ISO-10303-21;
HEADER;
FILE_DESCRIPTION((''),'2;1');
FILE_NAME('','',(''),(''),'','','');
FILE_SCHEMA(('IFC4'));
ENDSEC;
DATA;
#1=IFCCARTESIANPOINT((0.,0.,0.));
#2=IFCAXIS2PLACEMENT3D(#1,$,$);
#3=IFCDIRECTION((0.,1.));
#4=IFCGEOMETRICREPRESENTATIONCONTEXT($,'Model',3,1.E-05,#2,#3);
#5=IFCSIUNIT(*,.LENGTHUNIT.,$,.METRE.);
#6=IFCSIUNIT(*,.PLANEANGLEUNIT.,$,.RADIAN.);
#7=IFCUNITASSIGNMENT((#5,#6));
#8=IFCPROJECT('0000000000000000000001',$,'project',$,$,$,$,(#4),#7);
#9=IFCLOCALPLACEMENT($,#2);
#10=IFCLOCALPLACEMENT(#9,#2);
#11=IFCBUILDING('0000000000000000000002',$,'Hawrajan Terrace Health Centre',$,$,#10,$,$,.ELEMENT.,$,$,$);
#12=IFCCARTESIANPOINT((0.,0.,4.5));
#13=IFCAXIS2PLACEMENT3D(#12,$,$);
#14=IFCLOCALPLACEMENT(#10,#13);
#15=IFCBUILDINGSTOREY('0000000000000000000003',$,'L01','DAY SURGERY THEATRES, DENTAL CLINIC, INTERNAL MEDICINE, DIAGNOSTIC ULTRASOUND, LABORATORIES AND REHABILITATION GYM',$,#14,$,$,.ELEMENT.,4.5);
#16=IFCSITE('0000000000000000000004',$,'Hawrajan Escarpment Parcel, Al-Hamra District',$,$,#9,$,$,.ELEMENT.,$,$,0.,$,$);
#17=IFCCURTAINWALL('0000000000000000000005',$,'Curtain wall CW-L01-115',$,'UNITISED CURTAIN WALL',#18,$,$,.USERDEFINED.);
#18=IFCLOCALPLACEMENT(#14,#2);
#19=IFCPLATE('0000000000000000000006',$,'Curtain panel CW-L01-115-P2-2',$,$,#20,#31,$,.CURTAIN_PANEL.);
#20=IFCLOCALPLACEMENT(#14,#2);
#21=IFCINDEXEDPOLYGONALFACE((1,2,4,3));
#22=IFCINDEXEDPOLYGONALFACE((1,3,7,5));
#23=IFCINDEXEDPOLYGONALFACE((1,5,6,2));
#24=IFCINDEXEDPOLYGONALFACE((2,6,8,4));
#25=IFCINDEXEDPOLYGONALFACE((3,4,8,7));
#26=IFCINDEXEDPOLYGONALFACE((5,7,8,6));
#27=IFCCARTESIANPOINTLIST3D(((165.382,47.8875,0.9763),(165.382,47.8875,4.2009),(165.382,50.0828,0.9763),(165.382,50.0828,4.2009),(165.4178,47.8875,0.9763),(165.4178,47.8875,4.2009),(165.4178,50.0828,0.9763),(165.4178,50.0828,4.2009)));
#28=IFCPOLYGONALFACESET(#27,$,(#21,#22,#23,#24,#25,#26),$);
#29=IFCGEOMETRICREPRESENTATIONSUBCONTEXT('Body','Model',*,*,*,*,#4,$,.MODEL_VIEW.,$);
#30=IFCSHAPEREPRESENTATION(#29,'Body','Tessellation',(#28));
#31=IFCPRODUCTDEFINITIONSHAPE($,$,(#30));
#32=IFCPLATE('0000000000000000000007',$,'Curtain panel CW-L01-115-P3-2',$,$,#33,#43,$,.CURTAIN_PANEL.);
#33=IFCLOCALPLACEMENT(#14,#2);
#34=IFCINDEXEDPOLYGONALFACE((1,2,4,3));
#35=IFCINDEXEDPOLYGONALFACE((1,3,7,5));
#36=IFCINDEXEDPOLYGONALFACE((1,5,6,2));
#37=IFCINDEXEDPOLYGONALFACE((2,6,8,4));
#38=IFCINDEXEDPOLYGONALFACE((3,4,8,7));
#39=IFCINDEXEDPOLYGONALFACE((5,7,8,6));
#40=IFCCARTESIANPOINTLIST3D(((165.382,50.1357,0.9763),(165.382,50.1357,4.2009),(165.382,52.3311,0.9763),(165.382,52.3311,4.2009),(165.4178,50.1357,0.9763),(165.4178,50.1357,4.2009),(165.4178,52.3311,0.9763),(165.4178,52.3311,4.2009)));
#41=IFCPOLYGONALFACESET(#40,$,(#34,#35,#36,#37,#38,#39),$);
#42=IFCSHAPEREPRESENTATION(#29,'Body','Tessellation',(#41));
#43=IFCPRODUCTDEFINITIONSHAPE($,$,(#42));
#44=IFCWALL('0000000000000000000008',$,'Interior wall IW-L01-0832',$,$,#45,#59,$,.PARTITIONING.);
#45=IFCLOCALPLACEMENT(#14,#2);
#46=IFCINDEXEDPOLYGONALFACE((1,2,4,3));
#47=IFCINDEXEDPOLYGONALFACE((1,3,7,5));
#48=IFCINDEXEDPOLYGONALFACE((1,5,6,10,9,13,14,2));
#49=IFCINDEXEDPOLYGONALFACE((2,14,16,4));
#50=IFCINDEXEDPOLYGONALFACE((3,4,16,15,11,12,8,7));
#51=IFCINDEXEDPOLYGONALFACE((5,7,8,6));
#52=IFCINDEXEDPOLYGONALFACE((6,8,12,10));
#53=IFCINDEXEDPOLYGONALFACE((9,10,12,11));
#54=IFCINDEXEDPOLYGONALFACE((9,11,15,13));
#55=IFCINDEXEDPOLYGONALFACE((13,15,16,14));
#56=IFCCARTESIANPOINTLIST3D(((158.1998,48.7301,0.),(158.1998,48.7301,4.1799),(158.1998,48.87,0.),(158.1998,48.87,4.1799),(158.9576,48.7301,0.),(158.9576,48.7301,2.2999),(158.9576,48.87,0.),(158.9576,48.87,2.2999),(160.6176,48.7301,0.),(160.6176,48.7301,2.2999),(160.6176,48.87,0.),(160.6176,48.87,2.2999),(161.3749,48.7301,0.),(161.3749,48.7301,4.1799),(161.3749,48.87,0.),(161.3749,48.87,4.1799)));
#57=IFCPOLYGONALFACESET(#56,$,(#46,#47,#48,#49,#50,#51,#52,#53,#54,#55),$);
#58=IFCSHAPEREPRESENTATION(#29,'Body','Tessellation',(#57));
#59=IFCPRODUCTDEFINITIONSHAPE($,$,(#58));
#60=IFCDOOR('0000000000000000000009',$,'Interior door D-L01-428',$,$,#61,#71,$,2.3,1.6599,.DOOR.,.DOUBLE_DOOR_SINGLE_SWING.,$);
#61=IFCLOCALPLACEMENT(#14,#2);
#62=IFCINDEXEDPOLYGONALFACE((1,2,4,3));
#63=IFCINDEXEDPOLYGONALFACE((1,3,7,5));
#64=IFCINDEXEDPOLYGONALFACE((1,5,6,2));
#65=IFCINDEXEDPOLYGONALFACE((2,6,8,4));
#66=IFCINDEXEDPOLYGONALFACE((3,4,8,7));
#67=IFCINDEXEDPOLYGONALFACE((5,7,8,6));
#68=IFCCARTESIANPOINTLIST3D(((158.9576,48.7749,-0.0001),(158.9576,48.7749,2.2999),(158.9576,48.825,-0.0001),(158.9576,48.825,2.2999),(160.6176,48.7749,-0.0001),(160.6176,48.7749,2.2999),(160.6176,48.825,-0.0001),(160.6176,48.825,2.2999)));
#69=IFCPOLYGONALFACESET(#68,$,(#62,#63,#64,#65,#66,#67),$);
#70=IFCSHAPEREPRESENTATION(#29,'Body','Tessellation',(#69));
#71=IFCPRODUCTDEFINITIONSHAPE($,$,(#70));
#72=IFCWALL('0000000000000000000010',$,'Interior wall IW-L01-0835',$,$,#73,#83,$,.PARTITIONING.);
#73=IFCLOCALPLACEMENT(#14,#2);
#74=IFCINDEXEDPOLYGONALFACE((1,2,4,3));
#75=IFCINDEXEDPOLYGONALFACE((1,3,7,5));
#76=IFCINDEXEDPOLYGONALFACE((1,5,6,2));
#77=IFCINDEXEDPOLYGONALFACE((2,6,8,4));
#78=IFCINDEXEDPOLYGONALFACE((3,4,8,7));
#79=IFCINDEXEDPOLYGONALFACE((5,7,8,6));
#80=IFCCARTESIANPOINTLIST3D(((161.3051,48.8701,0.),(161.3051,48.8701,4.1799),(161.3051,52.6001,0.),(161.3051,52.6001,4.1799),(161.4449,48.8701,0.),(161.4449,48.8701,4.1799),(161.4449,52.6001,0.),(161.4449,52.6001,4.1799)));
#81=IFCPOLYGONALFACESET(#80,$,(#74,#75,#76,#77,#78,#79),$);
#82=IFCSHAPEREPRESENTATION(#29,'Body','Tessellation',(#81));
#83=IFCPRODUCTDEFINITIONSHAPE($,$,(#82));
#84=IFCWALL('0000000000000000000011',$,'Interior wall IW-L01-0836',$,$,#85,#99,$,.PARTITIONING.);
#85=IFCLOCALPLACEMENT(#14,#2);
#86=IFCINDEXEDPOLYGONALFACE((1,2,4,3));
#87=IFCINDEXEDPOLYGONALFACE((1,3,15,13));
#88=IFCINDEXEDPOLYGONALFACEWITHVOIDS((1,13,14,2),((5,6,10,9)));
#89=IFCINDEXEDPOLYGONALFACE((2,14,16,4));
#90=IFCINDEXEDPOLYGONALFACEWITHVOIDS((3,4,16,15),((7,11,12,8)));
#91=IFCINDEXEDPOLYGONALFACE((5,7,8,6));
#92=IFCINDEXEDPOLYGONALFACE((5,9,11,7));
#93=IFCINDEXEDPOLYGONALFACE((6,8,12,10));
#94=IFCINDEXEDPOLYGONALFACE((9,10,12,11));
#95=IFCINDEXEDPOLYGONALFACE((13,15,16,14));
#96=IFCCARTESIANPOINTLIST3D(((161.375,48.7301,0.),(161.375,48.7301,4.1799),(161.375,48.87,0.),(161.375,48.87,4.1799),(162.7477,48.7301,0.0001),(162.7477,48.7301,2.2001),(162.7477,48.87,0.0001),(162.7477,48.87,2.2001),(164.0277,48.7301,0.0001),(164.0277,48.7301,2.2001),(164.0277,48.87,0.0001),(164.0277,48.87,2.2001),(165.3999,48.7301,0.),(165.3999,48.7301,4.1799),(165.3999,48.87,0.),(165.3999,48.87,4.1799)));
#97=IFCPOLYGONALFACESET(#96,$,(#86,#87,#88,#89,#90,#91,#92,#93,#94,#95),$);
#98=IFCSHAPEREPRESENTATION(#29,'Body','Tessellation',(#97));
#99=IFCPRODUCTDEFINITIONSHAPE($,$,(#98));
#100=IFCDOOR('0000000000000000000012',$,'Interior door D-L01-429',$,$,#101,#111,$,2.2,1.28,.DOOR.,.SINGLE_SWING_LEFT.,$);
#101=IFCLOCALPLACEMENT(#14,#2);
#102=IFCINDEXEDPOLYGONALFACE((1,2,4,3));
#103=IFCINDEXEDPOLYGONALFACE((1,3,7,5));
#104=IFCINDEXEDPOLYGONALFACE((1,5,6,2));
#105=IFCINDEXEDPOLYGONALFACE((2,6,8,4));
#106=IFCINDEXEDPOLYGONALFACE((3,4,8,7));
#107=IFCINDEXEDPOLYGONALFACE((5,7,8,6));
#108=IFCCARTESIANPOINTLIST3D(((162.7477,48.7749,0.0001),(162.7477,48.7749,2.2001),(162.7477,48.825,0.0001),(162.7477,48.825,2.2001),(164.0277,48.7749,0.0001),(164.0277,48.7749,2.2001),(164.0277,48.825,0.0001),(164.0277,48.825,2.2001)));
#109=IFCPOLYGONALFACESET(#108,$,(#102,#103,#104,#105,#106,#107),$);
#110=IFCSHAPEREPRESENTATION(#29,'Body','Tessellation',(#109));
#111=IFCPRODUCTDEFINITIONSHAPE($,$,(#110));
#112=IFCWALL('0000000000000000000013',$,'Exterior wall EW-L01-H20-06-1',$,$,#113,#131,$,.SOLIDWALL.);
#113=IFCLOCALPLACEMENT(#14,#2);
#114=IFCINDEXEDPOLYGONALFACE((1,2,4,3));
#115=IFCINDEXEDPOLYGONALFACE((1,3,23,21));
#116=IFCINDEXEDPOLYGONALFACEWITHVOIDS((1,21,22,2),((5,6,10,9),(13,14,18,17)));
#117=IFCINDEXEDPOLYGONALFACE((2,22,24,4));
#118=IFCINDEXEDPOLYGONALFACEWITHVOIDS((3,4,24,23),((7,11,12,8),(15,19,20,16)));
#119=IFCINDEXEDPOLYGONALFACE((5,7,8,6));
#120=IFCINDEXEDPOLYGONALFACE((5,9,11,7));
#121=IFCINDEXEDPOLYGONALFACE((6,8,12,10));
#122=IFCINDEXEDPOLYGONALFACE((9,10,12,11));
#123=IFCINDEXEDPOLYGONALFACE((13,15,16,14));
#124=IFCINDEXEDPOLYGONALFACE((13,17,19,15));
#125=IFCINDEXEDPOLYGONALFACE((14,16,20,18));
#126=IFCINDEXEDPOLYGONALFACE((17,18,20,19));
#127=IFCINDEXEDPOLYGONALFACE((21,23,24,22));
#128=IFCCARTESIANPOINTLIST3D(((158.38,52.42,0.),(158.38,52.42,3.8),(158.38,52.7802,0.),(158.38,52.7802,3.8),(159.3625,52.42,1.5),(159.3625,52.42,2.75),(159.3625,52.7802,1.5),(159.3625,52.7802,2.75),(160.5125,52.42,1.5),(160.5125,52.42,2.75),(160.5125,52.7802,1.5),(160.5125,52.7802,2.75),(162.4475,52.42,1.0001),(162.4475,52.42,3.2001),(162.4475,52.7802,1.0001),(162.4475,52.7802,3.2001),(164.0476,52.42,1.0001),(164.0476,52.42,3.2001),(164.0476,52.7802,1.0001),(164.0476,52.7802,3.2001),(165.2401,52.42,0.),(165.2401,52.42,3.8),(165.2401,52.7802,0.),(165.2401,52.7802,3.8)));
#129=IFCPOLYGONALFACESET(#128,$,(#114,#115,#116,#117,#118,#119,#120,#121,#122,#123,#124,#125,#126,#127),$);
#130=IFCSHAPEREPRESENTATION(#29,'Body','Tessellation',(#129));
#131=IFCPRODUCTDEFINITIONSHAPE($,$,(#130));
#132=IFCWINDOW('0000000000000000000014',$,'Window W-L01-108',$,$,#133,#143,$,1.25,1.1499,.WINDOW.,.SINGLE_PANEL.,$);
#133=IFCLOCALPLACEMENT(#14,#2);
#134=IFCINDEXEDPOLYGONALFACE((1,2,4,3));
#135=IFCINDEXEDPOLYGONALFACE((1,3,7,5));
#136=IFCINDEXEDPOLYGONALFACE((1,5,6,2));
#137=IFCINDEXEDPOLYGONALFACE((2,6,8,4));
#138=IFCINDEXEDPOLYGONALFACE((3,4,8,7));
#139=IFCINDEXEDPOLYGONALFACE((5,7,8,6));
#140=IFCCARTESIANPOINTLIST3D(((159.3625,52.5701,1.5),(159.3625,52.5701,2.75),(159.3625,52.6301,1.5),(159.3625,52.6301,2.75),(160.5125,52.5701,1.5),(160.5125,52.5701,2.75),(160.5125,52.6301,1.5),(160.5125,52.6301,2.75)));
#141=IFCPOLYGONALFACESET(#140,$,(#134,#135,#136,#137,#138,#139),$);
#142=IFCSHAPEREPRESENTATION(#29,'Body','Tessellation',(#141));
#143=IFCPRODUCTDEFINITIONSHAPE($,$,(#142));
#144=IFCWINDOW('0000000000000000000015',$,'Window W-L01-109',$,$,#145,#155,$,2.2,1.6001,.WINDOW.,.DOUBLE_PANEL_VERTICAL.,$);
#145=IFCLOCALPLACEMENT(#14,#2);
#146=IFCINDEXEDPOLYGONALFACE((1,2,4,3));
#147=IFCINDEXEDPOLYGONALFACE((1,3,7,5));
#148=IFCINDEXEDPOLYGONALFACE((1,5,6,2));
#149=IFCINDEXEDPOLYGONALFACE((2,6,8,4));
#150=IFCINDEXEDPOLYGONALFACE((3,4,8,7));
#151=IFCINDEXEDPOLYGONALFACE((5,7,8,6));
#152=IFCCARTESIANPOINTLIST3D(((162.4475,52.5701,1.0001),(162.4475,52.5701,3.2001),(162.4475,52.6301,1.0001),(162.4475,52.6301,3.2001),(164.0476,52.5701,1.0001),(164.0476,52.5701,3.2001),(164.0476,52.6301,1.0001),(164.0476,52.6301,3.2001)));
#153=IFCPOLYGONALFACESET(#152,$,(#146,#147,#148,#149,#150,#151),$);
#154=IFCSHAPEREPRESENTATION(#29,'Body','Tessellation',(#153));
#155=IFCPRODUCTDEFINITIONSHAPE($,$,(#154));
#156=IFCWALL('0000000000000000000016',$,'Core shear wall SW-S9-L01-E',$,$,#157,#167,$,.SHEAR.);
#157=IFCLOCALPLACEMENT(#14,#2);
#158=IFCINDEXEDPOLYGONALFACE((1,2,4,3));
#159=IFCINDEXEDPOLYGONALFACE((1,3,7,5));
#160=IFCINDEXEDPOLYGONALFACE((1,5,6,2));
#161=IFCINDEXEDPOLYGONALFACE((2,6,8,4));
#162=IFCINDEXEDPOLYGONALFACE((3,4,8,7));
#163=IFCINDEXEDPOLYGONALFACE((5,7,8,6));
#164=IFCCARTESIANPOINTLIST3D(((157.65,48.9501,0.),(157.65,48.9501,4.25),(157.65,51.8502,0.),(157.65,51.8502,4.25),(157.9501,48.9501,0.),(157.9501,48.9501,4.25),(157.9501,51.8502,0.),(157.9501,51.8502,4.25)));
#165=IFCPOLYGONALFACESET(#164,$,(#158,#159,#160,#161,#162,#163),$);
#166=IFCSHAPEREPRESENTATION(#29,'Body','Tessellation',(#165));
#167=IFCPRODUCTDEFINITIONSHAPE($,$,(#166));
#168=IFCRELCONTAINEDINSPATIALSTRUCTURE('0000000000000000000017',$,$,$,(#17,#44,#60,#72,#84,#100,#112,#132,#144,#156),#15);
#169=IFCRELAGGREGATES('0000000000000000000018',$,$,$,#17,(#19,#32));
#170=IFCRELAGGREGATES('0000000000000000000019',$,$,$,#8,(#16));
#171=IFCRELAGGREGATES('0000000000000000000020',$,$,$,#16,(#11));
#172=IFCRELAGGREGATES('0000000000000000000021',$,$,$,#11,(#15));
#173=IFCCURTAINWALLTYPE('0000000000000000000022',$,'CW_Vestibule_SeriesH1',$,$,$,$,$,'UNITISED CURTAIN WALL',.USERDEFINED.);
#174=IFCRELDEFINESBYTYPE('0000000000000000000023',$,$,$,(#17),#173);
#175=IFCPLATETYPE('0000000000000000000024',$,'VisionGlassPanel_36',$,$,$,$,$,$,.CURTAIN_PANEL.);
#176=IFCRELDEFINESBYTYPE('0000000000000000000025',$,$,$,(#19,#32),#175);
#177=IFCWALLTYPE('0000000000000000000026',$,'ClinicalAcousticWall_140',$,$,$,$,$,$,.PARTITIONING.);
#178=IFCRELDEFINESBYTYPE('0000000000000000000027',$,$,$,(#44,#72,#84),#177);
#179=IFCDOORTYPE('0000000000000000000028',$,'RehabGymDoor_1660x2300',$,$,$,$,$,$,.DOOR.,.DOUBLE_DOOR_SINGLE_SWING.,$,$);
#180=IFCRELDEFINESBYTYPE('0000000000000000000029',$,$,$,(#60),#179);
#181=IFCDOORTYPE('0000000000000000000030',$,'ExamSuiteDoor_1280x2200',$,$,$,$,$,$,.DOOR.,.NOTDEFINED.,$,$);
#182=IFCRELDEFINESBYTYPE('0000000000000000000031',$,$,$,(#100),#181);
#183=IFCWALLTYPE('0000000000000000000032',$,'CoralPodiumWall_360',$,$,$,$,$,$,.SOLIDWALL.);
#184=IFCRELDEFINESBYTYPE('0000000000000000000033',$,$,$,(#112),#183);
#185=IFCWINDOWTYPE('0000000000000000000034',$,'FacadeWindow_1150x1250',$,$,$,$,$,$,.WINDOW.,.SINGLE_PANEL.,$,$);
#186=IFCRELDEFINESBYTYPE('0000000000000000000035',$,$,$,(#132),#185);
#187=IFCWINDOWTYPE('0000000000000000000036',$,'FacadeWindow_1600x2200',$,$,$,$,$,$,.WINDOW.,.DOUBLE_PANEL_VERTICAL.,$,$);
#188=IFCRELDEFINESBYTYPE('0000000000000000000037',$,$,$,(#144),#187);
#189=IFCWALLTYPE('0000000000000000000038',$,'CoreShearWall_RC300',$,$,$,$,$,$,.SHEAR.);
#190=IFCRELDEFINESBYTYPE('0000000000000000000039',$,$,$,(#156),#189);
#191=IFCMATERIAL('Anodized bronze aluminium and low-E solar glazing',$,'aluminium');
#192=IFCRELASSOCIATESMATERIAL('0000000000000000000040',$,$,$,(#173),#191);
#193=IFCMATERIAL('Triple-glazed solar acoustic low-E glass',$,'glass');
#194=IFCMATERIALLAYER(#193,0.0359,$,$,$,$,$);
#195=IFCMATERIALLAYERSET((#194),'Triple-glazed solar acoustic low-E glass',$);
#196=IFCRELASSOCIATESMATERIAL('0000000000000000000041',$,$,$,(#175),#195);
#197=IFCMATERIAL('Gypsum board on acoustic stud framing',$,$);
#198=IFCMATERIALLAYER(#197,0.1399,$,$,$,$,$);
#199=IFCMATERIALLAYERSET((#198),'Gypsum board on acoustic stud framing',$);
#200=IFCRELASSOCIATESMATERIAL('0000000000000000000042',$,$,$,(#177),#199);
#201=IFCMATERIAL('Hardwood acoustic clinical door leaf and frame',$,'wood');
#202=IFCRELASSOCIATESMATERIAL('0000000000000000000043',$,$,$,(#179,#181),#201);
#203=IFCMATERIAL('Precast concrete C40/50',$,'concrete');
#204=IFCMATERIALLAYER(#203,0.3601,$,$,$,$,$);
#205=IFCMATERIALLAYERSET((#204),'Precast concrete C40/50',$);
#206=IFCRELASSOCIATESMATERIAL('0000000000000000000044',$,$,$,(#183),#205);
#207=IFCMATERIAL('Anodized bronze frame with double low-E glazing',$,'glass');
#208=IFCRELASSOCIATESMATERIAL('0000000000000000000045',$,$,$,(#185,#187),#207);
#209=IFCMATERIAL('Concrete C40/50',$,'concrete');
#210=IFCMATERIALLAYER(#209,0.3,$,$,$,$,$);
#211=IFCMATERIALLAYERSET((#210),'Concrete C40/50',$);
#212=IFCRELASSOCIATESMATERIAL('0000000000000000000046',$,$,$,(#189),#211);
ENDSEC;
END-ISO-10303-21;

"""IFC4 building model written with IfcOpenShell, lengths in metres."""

from ifc_helpers import new_model, si_unit, direction, frame, frame_2d, origin, origin_2d, place, context, subcontext, project, spatial, rectangle, extrude, material, layer, layer_set, type_object, element, fill, aggregate, save


model = new_model("IFC4")

# Units and contexts
model_context = context("Model", 3, precision=1e-05, world=origin(), true_north=direction((0.0, 1.0)))
body_context = subcontext(model_context, "Body", "Model", "MODEL_VIEW")
ifc_project = project(units=[si_unit("LENGTHUNIT", "METRE"), si_unit("PLANEANGLEUNIT", "RADIAN")], contexts=[model_context])

# Site, building, storey
site_placement = place(None, origin())
site = spatial("IfcSite", under=ifc_project, at=site_placement, Name="Hawrajan Escarpment Parcel, Al-Hamra District", CompositionType="ELEMENT", RefElevation=0.0)
building_placement = place(site_placement, origin())
building = spatial("IfcBuilding", under=site, at=building_placement, Name="Hawrajan Terrace Health Centre", CompositionType="ELEMENT")
storey_placement = place(building_placement, frame((0.0, 0.0, 4.5)))
storey = spatial("IfcBuildingStorey", under=building, at=storey_placement, Name="L01", Description="DAY SURGERY THEATRES, DENTAL CLINIC, INTERNAL MEDICINE, DIAGNOSTIC ULTRASOUND, LABORATORIES AND REHABILITATION GYM", CompositionType="ELEMENT", Elevation=4.5)

# Curtain wall
ifc_material_1 = material(Name="Anodized bronze aluminium and low-E solar glazing", Category="aluminium")
curtain_wall_type = type_object("IfcCurtainWallType", Name="CW_Vestibule_SeriesH1", ElementType="UNITISED CURTAIN WALL", PredefinedType="USERDEFINED", material=ifc_material_1)
curtain_wall_placement = place(storey_placement, origin())
curtain_wall = element("IfcCurtainWall", 1, at=curtain_wall_placement, inside=storey, type_object=curtain_wall_type, Name="Curtain wall CW-L01-115", ObjectType="UNITISED CURTAIN WALL", PredefinedType="USERDEFINED")

# Shared definitions
ifc_material_2 = material(Name="Concrete C40/50", Category="concrete")

# Plates
ifc_material_3 = material(Name="Triple-glazed solar acoustic low-E glass", Category="glass")
ifc_layer_1 = layer(ifc_material_3, 0.0359)
ifc_layer_set_1 = layer_set([ifc_layer_1], Name="Triple-glazed solar acoustic low-E glass")
plate_type_1 = type_object("IfcPlateType", Name="VisionGlassPanel_36", PredefinedType="CURTAIN_PANEL", material=ifc_layer_set_1)
plate_1_placement = place(storey_placement, frame((165.3999, 48.9851, 0.9763), z_axis=(0.0, 0.0, 1.0), x_axis=(0.0, 1.0, 0.0)))
plate_1 = element("IfcPlate", 2, at=plate_1_placement, type_object=plate_type_1, Name="Curtain panel CW-L01-115-P2-2", PredefinedType="CURTAIN_PANEL", context=body_context, shape_type="SweptSolid", body=[
    extrude(rectangle(XDim=2.1953, YDim=0.0359, at=origin_2d()), origin(), (0.0, 0.0, 1.0), 3.2246),
])
plate_2_placement = place(storey_placement, frame((165.3999, 51.2334, 0.9763), z_axis=(0.0, 0.0, 1.0), x_axis=(0.0, 1.0, 0.0)))
plate_2 = element("IfcPlate", 3, at=plate_2_placement, type_object=plate_type_1, Name="Curtain panel CW-L01-115-P3-2", PredefinedType="CURTAIN_PANEL", context=body_context, shape_type="SweptSolid", body=[
    extrude(rectangle(XDim=2.1953, YDim=0.0359, at=origin_2d()), origin(), (0.0, 0.0, 1.0), 3.2246),
])
aggregate(curtain_wall, [plate_1, plate_2])

# Wall, opening, door
ifc_material_4 = material(Name="Gypsum board on acoustic stud framing")
ifc_layer_2 = layer(ifc_material_4, 0.1399)
ifc_layer_set_2 = layer_set([ifc_layer_2], Name="Gypsum board on acoustic stud framing")
wall_type_1 = type_object("IfcWallType", Name="ClinicalAcousticWall_140", PredefinedType="PARTITIONING", material=ifc_layer_set_2)
wall_1_placement = place(storey_placement, frame((158.2, 48.8, 0.0), z_axis=(0.0, 0.0, 1.0), x_axis=(1.0, 0.0, 0.0)))
wall_1 = element("IfcWall", 4, at=wall_1_placement, inside=storey, type_object=wall_type_1, Name="Interior wall IW-L01-0832", PredefinedType="PARTITIONING", context=body_context, shape_type="SweptSolid", body=[
    extrude(rectangle(XDim=3.175, YDim=0.1399, at=frame_2d((1.5874, 0.0))), origin(), (0.0, 0.0, 1.0), 4.1799),
])
opening_1_placement = place(wall_1_placement, frame((0.7576, 0.0, 0.0)))
opening_1 = element("IfcOpeningElement", 5, at=opening_1_placement, cuts=wall_1, PredefinedType="OPENING", context=body_context, shape_type="SweptSolid", body=[
    extrude(rectangle(XDim=1.6599, YDim=2.3, at=frame_2d((0.8301, 1.1499))), frame((0.0, 0.0798, 0.0), z_axis=(0.0, -1.0, 0.0), x_axis=(1.0, 0.0, 0.0)), (0.0, 0.0, 1.0), 0.1599),
])
ifc_material_5 = material(Name="Hardwood acoustic clinical door leaf and frame", Category="wood")
door_type_1 = type_object("IfcDoorType", Name="RehabGymDoor_1660x2300", OperationType="DOUBLE_DOOR_SINGLE_SWING", PredefinedType="DOOR", material=ifc_material_5)
door_1_placement = place(opening_1_placement, origin())
door_1 = element("IfcDoor", 6, at=door_1_placement, inside=storey, type_object=door_type_1, Name="Interior door D-L01-428", OperationType="DOUBLE_DOOR_SINGLE_SWING", OverallHeight=2.3, OverallWidth=1.6599, PredefinedType="DOOR", context=body_context, shape_type="SweptSolid", body=[
    extrude(rectangle(XDim=1.6599, YDim=2.3, at=frame_2d((0.8301, 1.1499))), frame((0.0, 0.0249, 0.0), z_axis=(0.0, -1.0, 0.0), x_axis=(1.0, 0.0, 0.0)), (0.0, 0.0, 1.0), 0.05),
])
fill(opening_1, door_1)

# Wall
wall_2_placement = place(storey_placement, frame((161.375, 48.8701, 0.0), z_axis=(0.0, 0.0, 1.0), x_axis=(0.0, 1.0, 0.0)))
element("IfcWall", 7, at=wall_2_placement, inside=storey, type_object=wall_type_1, Name="Interior wall IW-L01-0835", PredefinedType="PARTITIONING", context=body_context, shape_type="SweptSolid", body=[
    extrude(rectangle(XDim=3.73, YDim=0.1399, at=frame_2d((1.865, 0.0))), origin(), (0.0, 0.0, 1.0), 4.1799),
])

# Wall, opening, door
wall_3_placement = place(storey_placement, frame((161.375, 48.8, 0.0), z_axis=(0.0, 0.0, 1.0), x_axis=(1.0, 0.0, 0.0)))
wall_3 = element("IfcWall", 8, at=wall_3_placement, inside=storey, type_object=wall_type_1, Name="Interior wall IW-L01-0836", PredefinedType="PARTITIONING", context=body_context, shape_type="SweptSolid", body=[
    extrude(rectangle(XDim=4.0249, YDim=0.1399, at=frame_2d((2.0125, 0.0))), origin(), (0.0, 0.0, 1.0), 4.1799),
])
opening_2_placement = place(wall_3_placement, frame((1.3726, 0.0, 0.0)))
opening_2 = element("IfcOpeningElement", 9, at=opening_2_placement, cuts=wall_3, PredefinedType="OPENING", context=body_context, shape_type="SweptSolid", body=[
    extrude(rectangle(XDim=1.28, YDim=2.2, at=frame_2d((0.6401, 1.1001))), frame((0.0, 0.0798, 0.0), z_axis=(0.0, -1.0, 0.0), x_axis=(1.0, 0.0, 0.0)), (0.0, 0.0, 1.0), 0.1599),
])
door_type_2 = type_object("IfcDoorType", Name="ExamSuiteDoor_1280x2200", OperationType="NOTDEFINED", PredefinedType="DOOR", material=ifc_material_5)
door_2_placement = place(opening_2_placement, origin())
door_2 = element("IfcDoor", 10, at=door_2_placement, inside=storey, type_object=door_type_2, Name="Interior door D-L01-429", OperationType="SINGLE_SWING_LEFT", OverallHeight=2.2, OverallWidth=1.28, PredefinedType="DOOR", context=body_context, shape_type="SweptSolid", body=[
    extrude(rectangle(XDim=1.28, YDim=2.2, at=frame_2d((0.6401, 1.1001))), frame((0.0, 0.0249, 0.0), z_axis=(0.0, -1.0, 0.0), x_axis=(1.0, 0.0, 0.0)), (0.0, 0.0, 1.0), 0.05),
])
fill(opening_2, door_2)

# Wall, openings, windows
ifc_material_6 = material(Name="Precast concrete C40/50", Category="concrete")
ifc_layer_3 = layer(ifc_material_6, 0.3601)
ifc_layer_set_3 = layer_set([ifc_layer_3], Name="Precast concrete C40/50")
wall_type_2 = type_object("IfcWallType", Name="CoralPodiumWall_360", PredefinedType="SOLIDWALL", material=ifc_layer_set_3)
wall_4_placement = place(storey_placement, frame((158.3799, 52.6001, 0.0), z_axis=(0.0, 0.0, 1.0), x_axis=(1.0, 0.0, 0.0)))
wall_4 = element("IfcWall", 11, at=wall_4_placement, inside=storey, type_object=wall_type_2, Name="Exterior wall EW-L01-H20-06-1", PredefinedType="SOLIDWALL", context=body_context, shape_type="SweptSolid", body=[
    extrude(rectangle(XDim=6.8601, YDim=0.3601, at=frame_2d((3.4302, 0.0))), origin(), (0.0, 0.0, 1.0), 3.8),
])
opening_3_placement = place(wall_4_placement, frame((0.9827, 0.0, 1.5)))
opening_3 = element("IfcOpeningElement", 12, at=opening_3_placement, cuts=wall_4, PredefinedType="OPENING", context=body_context, shape_type="SweptSolid", body=[
    extrude(rectangle(XDim=1.1499, YDim=1.25, at=frame_2d((0.575, 0.625))), frame((0.0, 0.1899, 0.0), z_axis=(0.0, -1.0, 0.0), x_axis=(1.0, 0.0, 0.0)), (0.0, 0.0, 1.0), 0.3801),
])
opening_4_placement = place(wall_4_placement, frame((4.0676, 0.0, 1.0)))
opening_4 = element("IfcOpeningElement", 13, at=opening_4_placement, cuts=wall_4, PredefinedType="OPENING", context=body_context, shape_type="SweptSolid", body=[
    extrude(rectangle(XDim=1.6001, YDim=2.2, at=frame_2d((0.8, 1.1001))), frame((0.0, 0.1899, 0.0), z_axis=(0.0, -1.0, 0.0), x_axis=(1.0, 0.0, 0.0)), (0.0, 0.0, 1.0), 0.3801),
])
ifc_material_7 = material(Name="Anodized bronze frame with double low-E glazing", Category="glass")
window_type_1 = type_object("IfcWindowType", Name="FacadeWindow_1150x1250", PartitioningType="SINGLE_PANEL", PredefinedType="WINDOW", material=ifc_material_7)
window_1_placement = place(opening_3_placement, origin())
window_1 = element("IfcWindow", 14, at=window_1_placement, inside=storey, type_object=window_type_1, Name="Window W-L01-108", OverallHeight=1.25, OverallWidth=1.1499, PartitioningType="SINGLE_PANEL", PredefinedType="WINDOW", context=body_context, shape_type="SweptSolid", body=[
    extrude(rectangle(XDim=1.1499, YDim=1.25, at=frame_2d((0.575, 0.625))), frame((0.0, 0.03, 0.0), z_axis=(0.0, -1.0, 0.0), x_axis=(1.0, 0.0, 0.0)), (0.0, 0.0, 1.0), 0.0601),
])
fill(opening_3, window_1)
window_type_2 = type_object("IfcWindowType", Name="FacadeWindow_1600x2200", PartitioningType="DOUBLE_PANEL_VERTICAL", PredefinedType="WINDOW", material=ifc_material_7)
window_2_placement = place(opening_4_placement, origin())
window_2 = element("IfcWindow", 15, at=window_2_placement, inside=storey, type_object=window_type_2, Name="Window W-L01-109", OverallHeight=2.2, OverallWidth=1.6001, PartitioningType="DOUBLE_PANEL_VERTICAL", PredefinedType="WINDOW", context=body_context, shape_type="SweptSolid", body=[
    extrude(rectangle(XDim=1.6001, YDim=2.2, at=frame_2d((0.8, 1.1001))), frame((0.0, 0.03, 0.0), z_axis=(0.0, -1.0, 0.0), x_axis=(1.0, 0.0, 0.0)), (0.0, 0.0, 1.0), 0.0601),
])
fill(opening_4, window_2)

# Wall
ifc_layer_4 = layer(ifc_material_2, 0.3)
ifc_layer_set_4 = layer_set([ifc_layer_4], Name="Concrete C40/50")
wall_type_3 = type_object("IfcWallType", Name="CoreShearWall_RC300", PredefinedType="SHEAR", material=ifc_layer_set_4)
wall_5_placement = place(storey_placement, frame((157.8, 48.95, 0.0), z_axis=(0.0, 0.0, 1.0), x_axis=(0.0, 1.0, 0.0)))
element("IfcWall", 16, at=wall_5_placement, inside=storey, type_object=wall_type_3, Name="Core shear wall SW-S9-L01-E", PredefinedType="SHEAR", context=body_context, shape_type="SweptSolid", body=[
    extrude(rectangle(XDim=2.9001, YDim=0.3, at=frame_2d((1.4502, 0.0))), origin(), (0.0, 0.0, 1.0), 4.25),
])

save(model, "model.ifc")
